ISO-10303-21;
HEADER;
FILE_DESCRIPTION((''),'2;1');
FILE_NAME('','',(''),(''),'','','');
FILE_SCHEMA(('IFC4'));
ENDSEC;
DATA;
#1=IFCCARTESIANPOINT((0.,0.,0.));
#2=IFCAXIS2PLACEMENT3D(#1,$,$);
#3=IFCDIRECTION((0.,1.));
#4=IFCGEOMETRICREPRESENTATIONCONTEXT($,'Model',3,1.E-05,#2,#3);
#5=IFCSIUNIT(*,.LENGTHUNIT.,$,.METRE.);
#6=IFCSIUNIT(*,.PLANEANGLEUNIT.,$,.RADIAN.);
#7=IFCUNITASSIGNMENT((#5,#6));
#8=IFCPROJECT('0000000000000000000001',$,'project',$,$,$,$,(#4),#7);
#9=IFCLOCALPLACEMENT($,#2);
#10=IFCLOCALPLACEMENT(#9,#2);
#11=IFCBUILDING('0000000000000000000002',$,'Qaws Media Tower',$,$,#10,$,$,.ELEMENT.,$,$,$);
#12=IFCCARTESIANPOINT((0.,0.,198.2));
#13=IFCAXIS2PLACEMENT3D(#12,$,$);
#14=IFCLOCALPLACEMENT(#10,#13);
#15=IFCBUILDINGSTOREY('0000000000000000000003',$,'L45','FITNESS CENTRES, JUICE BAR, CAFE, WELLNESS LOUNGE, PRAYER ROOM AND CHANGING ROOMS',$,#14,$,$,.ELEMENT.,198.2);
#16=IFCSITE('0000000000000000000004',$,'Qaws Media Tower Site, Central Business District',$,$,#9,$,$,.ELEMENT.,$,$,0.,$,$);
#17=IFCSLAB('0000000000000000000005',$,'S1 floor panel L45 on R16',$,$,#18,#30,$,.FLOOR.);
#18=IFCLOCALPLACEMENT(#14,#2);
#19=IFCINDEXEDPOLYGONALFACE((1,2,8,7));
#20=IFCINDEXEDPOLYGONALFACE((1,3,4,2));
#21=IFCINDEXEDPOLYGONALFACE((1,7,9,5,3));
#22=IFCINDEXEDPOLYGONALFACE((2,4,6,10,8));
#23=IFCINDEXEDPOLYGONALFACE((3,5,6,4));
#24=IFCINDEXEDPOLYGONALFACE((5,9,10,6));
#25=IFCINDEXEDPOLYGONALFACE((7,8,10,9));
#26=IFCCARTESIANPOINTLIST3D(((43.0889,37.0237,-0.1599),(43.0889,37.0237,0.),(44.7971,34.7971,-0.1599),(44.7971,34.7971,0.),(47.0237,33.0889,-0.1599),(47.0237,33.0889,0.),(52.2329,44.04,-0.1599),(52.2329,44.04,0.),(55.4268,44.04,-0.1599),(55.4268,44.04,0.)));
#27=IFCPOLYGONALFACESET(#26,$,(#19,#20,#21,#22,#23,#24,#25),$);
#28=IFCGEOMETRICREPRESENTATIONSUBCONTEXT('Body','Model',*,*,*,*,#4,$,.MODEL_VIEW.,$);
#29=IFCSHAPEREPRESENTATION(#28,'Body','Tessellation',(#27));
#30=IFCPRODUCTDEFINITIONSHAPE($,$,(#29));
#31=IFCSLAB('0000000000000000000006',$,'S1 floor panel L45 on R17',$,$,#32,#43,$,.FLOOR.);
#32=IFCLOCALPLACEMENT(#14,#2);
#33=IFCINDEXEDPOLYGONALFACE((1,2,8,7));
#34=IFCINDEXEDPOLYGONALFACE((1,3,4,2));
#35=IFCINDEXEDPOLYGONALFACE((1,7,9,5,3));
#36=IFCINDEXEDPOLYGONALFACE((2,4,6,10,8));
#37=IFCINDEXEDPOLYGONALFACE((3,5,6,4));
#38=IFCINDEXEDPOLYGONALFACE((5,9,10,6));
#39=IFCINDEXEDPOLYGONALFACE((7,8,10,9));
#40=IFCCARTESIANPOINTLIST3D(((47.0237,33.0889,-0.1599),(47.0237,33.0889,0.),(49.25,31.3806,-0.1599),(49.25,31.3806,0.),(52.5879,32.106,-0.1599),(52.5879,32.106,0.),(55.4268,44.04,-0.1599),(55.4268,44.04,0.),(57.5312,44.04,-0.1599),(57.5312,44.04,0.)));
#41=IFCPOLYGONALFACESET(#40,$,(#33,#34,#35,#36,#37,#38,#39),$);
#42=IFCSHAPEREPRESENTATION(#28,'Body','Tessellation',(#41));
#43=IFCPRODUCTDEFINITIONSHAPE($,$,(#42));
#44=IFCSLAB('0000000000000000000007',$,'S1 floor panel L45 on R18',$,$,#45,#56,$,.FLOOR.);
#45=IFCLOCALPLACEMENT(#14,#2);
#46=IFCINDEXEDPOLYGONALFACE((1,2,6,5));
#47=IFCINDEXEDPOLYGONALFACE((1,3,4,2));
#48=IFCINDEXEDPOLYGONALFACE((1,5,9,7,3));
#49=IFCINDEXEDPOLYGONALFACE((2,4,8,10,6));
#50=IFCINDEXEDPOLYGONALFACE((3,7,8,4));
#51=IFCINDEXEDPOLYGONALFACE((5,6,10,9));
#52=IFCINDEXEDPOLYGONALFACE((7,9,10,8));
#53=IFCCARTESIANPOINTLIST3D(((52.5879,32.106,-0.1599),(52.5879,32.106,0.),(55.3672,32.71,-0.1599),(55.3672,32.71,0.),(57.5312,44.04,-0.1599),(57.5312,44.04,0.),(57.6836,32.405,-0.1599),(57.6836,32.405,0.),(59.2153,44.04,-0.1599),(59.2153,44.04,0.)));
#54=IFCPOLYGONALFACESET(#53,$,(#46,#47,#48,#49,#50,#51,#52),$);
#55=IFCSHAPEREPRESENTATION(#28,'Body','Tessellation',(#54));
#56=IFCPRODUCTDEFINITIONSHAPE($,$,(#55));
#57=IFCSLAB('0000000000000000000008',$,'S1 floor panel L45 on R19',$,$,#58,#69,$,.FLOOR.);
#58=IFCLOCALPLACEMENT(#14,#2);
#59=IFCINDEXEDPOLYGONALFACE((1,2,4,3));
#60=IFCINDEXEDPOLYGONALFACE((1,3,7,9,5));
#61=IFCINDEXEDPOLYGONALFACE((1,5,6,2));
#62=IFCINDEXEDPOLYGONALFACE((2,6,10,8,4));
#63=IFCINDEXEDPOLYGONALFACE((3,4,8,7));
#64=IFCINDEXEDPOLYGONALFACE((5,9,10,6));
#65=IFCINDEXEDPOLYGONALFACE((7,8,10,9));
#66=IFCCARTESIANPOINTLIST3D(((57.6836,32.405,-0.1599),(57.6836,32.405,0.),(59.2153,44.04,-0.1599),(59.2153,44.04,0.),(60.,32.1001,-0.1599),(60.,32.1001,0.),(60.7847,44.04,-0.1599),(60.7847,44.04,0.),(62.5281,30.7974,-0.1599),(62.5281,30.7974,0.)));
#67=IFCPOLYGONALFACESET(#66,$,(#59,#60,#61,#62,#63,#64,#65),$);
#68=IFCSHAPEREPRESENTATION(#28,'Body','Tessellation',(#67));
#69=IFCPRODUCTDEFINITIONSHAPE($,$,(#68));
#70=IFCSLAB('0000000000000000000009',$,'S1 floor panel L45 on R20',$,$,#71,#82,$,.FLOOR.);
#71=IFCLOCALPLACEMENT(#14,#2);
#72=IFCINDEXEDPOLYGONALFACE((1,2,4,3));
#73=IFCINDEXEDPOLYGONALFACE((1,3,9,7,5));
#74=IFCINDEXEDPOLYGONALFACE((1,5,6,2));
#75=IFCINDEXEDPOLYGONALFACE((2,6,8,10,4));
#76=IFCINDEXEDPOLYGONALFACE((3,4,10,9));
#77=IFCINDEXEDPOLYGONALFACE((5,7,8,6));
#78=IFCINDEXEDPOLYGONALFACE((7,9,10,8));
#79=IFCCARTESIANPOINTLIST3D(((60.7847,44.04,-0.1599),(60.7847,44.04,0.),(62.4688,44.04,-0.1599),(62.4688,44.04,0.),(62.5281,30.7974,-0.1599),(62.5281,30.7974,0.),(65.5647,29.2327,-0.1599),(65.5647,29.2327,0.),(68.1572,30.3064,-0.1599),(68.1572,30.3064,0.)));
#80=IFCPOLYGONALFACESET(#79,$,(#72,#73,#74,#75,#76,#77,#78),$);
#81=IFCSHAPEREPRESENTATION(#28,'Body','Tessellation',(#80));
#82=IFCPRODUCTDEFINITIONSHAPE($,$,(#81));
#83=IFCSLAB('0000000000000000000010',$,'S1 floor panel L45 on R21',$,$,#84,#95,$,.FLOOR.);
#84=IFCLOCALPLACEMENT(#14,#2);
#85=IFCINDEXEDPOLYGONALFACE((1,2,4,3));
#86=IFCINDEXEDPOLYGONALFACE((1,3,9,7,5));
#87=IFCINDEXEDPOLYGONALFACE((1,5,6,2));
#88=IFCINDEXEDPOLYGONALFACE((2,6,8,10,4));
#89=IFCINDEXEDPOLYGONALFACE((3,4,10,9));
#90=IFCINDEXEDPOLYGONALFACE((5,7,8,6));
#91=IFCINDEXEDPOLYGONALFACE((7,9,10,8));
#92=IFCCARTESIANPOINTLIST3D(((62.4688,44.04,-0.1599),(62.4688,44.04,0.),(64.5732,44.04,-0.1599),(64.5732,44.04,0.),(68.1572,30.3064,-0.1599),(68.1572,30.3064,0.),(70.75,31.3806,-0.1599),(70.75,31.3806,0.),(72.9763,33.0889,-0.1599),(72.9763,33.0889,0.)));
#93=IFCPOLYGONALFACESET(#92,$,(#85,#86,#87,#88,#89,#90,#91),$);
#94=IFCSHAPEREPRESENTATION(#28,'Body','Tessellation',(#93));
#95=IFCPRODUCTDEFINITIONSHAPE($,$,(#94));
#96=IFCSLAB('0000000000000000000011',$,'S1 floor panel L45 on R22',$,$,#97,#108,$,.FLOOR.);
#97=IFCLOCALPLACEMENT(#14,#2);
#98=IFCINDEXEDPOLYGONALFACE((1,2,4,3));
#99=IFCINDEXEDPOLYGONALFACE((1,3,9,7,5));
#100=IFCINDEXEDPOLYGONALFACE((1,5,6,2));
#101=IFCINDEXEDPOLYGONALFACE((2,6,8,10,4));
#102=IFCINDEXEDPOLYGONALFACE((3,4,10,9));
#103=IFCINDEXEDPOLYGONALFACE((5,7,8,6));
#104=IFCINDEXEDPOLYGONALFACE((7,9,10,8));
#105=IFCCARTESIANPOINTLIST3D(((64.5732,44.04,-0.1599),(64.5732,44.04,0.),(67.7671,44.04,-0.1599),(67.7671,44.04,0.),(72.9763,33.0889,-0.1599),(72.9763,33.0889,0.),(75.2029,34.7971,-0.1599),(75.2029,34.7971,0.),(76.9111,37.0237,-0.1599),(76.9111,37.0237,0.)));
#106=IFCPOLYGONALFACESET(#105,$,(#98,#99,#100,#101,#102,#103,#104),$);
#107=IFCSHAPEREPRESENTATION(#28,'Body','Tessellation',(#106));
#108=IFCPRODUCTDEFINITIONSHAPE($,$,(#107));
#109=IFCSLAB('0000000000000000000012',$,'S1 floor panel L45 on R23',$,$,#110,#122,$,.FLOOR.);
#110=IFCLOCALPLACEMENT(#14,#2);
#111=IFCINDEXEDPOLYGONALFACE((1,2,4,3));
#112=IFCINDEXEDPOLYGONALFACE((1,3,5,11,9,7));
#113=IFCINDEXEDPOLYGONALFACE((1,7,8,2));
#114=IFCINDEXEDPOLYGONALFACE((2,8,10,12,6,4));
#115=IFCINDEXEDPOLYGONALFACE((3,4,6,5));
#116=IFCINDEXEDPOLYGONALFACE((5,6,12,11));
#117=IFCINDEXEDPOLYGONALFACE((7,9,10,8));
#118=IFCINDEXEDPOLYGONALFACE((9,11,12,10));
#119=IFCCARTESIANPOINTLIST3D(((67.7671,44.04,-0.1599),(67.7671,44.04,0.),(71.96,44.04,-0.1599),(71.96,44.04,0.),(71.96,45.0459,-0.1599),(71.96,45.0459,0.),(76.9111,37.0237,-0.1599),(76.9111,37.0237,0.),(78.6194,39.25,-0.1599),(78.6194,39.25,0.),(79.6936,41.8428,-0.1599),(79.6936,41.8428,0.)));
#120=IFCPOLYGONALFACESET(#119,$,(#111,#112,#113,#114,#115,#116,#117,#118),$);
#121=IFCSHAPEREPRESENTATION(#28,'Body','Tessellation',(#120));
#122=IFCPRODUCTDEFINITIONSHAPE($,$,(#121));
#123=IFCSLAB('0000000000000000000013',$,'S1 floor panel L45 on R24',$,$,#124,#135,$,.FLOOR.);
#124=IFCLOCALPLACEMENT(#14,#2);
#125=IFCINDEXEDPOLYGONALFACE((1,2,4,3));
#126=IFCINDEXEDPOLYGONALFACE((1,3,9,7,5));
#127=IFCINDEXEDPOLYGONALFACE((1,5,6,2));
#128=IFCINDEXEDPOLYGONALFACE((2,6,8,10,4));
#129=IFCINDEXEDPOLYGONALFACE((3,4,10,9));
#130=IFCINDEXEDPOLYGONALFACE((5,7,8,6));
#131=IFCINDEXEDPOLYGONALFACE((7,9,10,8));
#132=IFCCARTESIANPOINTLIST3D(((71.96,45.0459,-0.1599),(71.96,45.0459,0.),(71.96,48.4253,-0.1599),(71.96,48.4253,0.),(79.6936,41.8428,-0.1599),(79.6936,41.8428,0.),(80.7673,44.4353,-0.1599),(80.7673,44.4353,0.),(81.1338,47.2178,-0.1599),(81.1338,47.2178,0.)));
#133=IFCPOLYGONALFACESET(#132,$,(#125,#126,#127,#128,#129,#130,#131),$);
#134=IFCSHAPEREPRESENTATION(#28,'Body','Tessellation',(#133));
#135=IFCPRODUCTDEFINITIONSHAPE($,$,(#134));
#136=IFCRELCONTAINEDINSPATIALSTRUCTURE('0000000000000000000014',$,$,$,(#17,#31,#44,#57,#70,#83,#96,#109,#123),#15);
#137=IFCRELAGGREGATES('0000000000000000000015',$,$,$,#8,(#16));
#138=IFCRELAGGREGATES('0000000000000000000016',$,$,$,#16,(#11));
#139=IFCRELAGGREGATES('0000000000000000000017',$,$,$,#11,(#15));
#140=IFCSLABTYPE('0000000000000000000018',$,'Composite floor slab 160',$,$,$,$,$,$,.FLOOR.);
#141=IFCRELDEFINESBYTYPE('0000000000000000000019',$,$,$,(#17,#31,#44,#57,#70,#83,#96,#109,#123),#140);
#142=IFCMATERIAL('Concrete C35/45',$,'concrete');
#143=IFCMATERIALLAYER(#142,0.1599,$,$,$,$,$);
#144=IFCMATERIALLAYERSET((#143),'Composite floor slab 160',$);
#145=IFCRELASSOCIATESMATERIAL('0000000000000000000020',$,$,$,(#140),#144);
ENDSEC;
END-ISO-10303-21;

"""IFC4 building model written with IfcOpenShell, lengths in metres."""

from ifc_helpers import new_model, si_unit, direction, frame, origin, place, context, subcontext, project, spatial, polyline, outline, extrude, material, layer, layer_set, type_object, element, save


model = new_model("IFC4")

# Units and contexts
model_context = context("Model", 3, precision=1e-05, world=origin(), true_north=direction((0.0, 1.0)))
body_context = subcontext(model_context, "Body", "Model", "MODEL_VIEW")
ifc_project = project(units=[si_unit("LENGTHUNIT", "METRE"), si_unit("PLANEANGLEUNIT", "RADIAN")], contexts=[model_context])

# Site, building, storey
site_placement = place(None, origin())
site = spatial("IfcSite", under=ifc_project, at=site_placement, Name="Qaws Media Tower Site, Central Business District", CompositionType="ELEMENT", RefElevation=0.0)
building_placement = place(site_placement, origin())
building = spatial("IfcBuilding", under=site, at=building_placement, Name="Qaws Media Tower", CompositionType="ELEMENT")
storey_placement = place(building_placement, frame((0.0, 0.0, 198.2)))
storey = spatial("IfcBuildingStorey", under=building, at=storey_placement, Name="L45", Description="FITNESS CENTRES, JUICE BAR, CAFE, WELLNESS LOUNGE, PRAYER ROOM AND CHANGING ROOMS", CompositionType="ELEMENT", Elevation=198.2)

# Slabs
ifc_material_1 = material(Name="Concrete C35/45", Category="concrete")
ifc_layer_1 = layer(ifc_material_1, 0.1599)
ifc_layer_set_1 = layer_set([ifc_layer_1], Name="Composite floor slab 160")
slab_type_1 = type_object("IfcSlabType", Name="Composite floor slab 160", PredefinedType="FLOOR", material=ifc_layer_set_1)
slab_1_placement = place(storey_placement, frame((0.0, 0.0, -0.1599)))
element("IfcSlab", 1, at=slab_1_placement, inside=storey, type_object=slab_type_1, Name="S1 floor panel L45 on R16", PredefinedType="FLOOR", context=body_context, shape_type="SweptSolid", body=[
    extrude(outline(polyline([(44.7971, 34.7971), (43.0889, 37.0237), (52.2329, 44.04), (55.4268, 44.04), (47.0237, 33.0889), (44.7971, 34.7971)])), origin(), (0.0, 0.0, 1.0), 0.1599),
])
slab_2_placement = place(storey_placement, frame((0.0, 0.0, -0.1599)))
element("IfcSlab", 2, at=slab_2_placement, inside=storey, type_object=slab_type_1, Name="S1 floor panel L45 on R17", PredefinedType="FLOOR", context=body_context, shape_type="SweptSolid", body=[
    extrude(outline(polyline([(49.25, 31.3806), (47.0237, 33.0889), (55.4268, 44.04), (57.5312, 44.04), (52.5879, 32.106), (49.25, 31.3806)])), origin(), (0.0, 0.0, 1.0), 0.1599),
])
slab_3_placement = place(storey_placement, frame((0.0, 0.0, -0.1599)))
element("IfcSlab", 3, at=slab_3_placement, inside=storey, type_object=slab_type_1, Name="S1 floor panel L45 on R18", PredefinedType="FLOOR", context=body_context, shape_type="SweptSolid", body=[
    extrude(outline(polyline([(55.3672, 32.71), (52.5879, 32.106), (57.5312, 44.04), (59.2153, 44.04), (57.6836, 32.405), (55.3672, 32.71)])), origin(), (0.0, 0.0, 1.0), 0.1599),
])
slab_4_placement = place(storey_placement, frame((0.0, 0.0, -0.1599)))
element("IfcSlab", 4, at=slab_4_placement, inside=storey, type_object=slab_type_1, Name="S1 floor panel L45 on R19", PredefinedType="FLOOR", context=body_context, shape_type="SweptSolid", body=[
    extrude(outline(polyline([(60.0, 32.1001), (57.6836, 32.405), (59.2153, 44.04), (60.7847, 44.04), (62.5281, 30.7974), (60.0, 32.1001)])), origin(), (0.0, 0.0, 1.0), 0.1599),
])
slab_5_placement = place(storey_placement, frame((0.0, 0.0, -0.1599)))
element("IfcSlab", 5, at=slab_5_placement, inside=storey, type_object=slab_type_1, Name="S1 floor panel L45 on R20", PredefinedType="FLOOR", context=body_context, shape_type="SweptSolid", body=[
    extrude(outline(polyline([(65.5647, 29.2327), (62.5281, 30.7974), (60.7847, 44.04), (62.4688, 44.04), (68.1572, 30.3064), (65.5647, 29.2327)])), origin(), (0.0, 0.0, 1.0), 0.1599),
])
slab_6_placement = place(storey_placement, frame((0.0, 0.0, -0.1599)))
element("IfcSlab", 6, at=slab_6_placement, inside=storey, type_object=slab_type_1, Name="S1 floor panel L45 on R21", PredefinedType="FLOOR", context=body_context, shape_type="SweptSolid", body=[
    extrude(outline(polyline([(70.75, 31.3806), (68.1572, 30.3064), (62.4688, 44.04), (64.5732, 44.04), (72.9763, 33.0889), (70.75, 31.3806)])), origin(), (0.0, 0.0, 1.0), 0.1599),
])
slab_7_placement = place(storey_placement, frame((0.0, 0.0, -0.1599)))
element("IfcSlab", 7, at=slab_7_placement, inside=storey, type_object=slab_type_1, Name="S1 floor panel L45 on R22", PredefinedType="FLOOR", context=body_context, shape_type="SweptSolid", body=[
    extrude(outline(polyline([(75.2029, 34.7971), (72.9763, 33.0889), (64.5732, 44.04), (67.7671, 44.04), (76.9111, 37.0237), (75.2029, 34.7971)])), origin(), (0.0, 0.0, 1.0), 0.1599),
])
slab_8_placement = place(storey_placement, frame((0.0, 0.0, -0.1599)))
element("IfcSlab", 8, at=slab_8_placement, inside=storey, type_object=slab_type_1, Name="S1 floor panel L45 on R23", PredefinedType="FLOOR", context=body_context, shape_type="SweptSolid", body=[
    extrude(outline(polyline([(76.9111, 37.0237), (67.7671, 44.04), (71.96, 44.04), (71.96, 45.0459), (79.6936, 41.8428), (78.6194, 39.25), (76.9111, 37.0237)])), origin(), (0.0, 0.0, 1.0), 0.1599),
])
slab_9_placement = place(storey_placement, frame((0.0, 0.0, -0.1599)))
element("IfcSlab", 9, at=slab_9_placement, inside=storey, type_object=slab_type_1, Name="S1 floor panel L45 on R24", PredefinedType="FLOOR", context=body_context, shape_type="SweptSolid", body=[
    extrude(outline(polyline([(80.7673, 44.4353), (79.6936, 41.8428), (71.96, 45.0459), (71.96, 48.4253), (81.1338, 47.2178), (80.7673, 44.4353)])), origin(), (0.0, 0.0, 1.0), 0.1599),
])

save(model, "model.ifc")
